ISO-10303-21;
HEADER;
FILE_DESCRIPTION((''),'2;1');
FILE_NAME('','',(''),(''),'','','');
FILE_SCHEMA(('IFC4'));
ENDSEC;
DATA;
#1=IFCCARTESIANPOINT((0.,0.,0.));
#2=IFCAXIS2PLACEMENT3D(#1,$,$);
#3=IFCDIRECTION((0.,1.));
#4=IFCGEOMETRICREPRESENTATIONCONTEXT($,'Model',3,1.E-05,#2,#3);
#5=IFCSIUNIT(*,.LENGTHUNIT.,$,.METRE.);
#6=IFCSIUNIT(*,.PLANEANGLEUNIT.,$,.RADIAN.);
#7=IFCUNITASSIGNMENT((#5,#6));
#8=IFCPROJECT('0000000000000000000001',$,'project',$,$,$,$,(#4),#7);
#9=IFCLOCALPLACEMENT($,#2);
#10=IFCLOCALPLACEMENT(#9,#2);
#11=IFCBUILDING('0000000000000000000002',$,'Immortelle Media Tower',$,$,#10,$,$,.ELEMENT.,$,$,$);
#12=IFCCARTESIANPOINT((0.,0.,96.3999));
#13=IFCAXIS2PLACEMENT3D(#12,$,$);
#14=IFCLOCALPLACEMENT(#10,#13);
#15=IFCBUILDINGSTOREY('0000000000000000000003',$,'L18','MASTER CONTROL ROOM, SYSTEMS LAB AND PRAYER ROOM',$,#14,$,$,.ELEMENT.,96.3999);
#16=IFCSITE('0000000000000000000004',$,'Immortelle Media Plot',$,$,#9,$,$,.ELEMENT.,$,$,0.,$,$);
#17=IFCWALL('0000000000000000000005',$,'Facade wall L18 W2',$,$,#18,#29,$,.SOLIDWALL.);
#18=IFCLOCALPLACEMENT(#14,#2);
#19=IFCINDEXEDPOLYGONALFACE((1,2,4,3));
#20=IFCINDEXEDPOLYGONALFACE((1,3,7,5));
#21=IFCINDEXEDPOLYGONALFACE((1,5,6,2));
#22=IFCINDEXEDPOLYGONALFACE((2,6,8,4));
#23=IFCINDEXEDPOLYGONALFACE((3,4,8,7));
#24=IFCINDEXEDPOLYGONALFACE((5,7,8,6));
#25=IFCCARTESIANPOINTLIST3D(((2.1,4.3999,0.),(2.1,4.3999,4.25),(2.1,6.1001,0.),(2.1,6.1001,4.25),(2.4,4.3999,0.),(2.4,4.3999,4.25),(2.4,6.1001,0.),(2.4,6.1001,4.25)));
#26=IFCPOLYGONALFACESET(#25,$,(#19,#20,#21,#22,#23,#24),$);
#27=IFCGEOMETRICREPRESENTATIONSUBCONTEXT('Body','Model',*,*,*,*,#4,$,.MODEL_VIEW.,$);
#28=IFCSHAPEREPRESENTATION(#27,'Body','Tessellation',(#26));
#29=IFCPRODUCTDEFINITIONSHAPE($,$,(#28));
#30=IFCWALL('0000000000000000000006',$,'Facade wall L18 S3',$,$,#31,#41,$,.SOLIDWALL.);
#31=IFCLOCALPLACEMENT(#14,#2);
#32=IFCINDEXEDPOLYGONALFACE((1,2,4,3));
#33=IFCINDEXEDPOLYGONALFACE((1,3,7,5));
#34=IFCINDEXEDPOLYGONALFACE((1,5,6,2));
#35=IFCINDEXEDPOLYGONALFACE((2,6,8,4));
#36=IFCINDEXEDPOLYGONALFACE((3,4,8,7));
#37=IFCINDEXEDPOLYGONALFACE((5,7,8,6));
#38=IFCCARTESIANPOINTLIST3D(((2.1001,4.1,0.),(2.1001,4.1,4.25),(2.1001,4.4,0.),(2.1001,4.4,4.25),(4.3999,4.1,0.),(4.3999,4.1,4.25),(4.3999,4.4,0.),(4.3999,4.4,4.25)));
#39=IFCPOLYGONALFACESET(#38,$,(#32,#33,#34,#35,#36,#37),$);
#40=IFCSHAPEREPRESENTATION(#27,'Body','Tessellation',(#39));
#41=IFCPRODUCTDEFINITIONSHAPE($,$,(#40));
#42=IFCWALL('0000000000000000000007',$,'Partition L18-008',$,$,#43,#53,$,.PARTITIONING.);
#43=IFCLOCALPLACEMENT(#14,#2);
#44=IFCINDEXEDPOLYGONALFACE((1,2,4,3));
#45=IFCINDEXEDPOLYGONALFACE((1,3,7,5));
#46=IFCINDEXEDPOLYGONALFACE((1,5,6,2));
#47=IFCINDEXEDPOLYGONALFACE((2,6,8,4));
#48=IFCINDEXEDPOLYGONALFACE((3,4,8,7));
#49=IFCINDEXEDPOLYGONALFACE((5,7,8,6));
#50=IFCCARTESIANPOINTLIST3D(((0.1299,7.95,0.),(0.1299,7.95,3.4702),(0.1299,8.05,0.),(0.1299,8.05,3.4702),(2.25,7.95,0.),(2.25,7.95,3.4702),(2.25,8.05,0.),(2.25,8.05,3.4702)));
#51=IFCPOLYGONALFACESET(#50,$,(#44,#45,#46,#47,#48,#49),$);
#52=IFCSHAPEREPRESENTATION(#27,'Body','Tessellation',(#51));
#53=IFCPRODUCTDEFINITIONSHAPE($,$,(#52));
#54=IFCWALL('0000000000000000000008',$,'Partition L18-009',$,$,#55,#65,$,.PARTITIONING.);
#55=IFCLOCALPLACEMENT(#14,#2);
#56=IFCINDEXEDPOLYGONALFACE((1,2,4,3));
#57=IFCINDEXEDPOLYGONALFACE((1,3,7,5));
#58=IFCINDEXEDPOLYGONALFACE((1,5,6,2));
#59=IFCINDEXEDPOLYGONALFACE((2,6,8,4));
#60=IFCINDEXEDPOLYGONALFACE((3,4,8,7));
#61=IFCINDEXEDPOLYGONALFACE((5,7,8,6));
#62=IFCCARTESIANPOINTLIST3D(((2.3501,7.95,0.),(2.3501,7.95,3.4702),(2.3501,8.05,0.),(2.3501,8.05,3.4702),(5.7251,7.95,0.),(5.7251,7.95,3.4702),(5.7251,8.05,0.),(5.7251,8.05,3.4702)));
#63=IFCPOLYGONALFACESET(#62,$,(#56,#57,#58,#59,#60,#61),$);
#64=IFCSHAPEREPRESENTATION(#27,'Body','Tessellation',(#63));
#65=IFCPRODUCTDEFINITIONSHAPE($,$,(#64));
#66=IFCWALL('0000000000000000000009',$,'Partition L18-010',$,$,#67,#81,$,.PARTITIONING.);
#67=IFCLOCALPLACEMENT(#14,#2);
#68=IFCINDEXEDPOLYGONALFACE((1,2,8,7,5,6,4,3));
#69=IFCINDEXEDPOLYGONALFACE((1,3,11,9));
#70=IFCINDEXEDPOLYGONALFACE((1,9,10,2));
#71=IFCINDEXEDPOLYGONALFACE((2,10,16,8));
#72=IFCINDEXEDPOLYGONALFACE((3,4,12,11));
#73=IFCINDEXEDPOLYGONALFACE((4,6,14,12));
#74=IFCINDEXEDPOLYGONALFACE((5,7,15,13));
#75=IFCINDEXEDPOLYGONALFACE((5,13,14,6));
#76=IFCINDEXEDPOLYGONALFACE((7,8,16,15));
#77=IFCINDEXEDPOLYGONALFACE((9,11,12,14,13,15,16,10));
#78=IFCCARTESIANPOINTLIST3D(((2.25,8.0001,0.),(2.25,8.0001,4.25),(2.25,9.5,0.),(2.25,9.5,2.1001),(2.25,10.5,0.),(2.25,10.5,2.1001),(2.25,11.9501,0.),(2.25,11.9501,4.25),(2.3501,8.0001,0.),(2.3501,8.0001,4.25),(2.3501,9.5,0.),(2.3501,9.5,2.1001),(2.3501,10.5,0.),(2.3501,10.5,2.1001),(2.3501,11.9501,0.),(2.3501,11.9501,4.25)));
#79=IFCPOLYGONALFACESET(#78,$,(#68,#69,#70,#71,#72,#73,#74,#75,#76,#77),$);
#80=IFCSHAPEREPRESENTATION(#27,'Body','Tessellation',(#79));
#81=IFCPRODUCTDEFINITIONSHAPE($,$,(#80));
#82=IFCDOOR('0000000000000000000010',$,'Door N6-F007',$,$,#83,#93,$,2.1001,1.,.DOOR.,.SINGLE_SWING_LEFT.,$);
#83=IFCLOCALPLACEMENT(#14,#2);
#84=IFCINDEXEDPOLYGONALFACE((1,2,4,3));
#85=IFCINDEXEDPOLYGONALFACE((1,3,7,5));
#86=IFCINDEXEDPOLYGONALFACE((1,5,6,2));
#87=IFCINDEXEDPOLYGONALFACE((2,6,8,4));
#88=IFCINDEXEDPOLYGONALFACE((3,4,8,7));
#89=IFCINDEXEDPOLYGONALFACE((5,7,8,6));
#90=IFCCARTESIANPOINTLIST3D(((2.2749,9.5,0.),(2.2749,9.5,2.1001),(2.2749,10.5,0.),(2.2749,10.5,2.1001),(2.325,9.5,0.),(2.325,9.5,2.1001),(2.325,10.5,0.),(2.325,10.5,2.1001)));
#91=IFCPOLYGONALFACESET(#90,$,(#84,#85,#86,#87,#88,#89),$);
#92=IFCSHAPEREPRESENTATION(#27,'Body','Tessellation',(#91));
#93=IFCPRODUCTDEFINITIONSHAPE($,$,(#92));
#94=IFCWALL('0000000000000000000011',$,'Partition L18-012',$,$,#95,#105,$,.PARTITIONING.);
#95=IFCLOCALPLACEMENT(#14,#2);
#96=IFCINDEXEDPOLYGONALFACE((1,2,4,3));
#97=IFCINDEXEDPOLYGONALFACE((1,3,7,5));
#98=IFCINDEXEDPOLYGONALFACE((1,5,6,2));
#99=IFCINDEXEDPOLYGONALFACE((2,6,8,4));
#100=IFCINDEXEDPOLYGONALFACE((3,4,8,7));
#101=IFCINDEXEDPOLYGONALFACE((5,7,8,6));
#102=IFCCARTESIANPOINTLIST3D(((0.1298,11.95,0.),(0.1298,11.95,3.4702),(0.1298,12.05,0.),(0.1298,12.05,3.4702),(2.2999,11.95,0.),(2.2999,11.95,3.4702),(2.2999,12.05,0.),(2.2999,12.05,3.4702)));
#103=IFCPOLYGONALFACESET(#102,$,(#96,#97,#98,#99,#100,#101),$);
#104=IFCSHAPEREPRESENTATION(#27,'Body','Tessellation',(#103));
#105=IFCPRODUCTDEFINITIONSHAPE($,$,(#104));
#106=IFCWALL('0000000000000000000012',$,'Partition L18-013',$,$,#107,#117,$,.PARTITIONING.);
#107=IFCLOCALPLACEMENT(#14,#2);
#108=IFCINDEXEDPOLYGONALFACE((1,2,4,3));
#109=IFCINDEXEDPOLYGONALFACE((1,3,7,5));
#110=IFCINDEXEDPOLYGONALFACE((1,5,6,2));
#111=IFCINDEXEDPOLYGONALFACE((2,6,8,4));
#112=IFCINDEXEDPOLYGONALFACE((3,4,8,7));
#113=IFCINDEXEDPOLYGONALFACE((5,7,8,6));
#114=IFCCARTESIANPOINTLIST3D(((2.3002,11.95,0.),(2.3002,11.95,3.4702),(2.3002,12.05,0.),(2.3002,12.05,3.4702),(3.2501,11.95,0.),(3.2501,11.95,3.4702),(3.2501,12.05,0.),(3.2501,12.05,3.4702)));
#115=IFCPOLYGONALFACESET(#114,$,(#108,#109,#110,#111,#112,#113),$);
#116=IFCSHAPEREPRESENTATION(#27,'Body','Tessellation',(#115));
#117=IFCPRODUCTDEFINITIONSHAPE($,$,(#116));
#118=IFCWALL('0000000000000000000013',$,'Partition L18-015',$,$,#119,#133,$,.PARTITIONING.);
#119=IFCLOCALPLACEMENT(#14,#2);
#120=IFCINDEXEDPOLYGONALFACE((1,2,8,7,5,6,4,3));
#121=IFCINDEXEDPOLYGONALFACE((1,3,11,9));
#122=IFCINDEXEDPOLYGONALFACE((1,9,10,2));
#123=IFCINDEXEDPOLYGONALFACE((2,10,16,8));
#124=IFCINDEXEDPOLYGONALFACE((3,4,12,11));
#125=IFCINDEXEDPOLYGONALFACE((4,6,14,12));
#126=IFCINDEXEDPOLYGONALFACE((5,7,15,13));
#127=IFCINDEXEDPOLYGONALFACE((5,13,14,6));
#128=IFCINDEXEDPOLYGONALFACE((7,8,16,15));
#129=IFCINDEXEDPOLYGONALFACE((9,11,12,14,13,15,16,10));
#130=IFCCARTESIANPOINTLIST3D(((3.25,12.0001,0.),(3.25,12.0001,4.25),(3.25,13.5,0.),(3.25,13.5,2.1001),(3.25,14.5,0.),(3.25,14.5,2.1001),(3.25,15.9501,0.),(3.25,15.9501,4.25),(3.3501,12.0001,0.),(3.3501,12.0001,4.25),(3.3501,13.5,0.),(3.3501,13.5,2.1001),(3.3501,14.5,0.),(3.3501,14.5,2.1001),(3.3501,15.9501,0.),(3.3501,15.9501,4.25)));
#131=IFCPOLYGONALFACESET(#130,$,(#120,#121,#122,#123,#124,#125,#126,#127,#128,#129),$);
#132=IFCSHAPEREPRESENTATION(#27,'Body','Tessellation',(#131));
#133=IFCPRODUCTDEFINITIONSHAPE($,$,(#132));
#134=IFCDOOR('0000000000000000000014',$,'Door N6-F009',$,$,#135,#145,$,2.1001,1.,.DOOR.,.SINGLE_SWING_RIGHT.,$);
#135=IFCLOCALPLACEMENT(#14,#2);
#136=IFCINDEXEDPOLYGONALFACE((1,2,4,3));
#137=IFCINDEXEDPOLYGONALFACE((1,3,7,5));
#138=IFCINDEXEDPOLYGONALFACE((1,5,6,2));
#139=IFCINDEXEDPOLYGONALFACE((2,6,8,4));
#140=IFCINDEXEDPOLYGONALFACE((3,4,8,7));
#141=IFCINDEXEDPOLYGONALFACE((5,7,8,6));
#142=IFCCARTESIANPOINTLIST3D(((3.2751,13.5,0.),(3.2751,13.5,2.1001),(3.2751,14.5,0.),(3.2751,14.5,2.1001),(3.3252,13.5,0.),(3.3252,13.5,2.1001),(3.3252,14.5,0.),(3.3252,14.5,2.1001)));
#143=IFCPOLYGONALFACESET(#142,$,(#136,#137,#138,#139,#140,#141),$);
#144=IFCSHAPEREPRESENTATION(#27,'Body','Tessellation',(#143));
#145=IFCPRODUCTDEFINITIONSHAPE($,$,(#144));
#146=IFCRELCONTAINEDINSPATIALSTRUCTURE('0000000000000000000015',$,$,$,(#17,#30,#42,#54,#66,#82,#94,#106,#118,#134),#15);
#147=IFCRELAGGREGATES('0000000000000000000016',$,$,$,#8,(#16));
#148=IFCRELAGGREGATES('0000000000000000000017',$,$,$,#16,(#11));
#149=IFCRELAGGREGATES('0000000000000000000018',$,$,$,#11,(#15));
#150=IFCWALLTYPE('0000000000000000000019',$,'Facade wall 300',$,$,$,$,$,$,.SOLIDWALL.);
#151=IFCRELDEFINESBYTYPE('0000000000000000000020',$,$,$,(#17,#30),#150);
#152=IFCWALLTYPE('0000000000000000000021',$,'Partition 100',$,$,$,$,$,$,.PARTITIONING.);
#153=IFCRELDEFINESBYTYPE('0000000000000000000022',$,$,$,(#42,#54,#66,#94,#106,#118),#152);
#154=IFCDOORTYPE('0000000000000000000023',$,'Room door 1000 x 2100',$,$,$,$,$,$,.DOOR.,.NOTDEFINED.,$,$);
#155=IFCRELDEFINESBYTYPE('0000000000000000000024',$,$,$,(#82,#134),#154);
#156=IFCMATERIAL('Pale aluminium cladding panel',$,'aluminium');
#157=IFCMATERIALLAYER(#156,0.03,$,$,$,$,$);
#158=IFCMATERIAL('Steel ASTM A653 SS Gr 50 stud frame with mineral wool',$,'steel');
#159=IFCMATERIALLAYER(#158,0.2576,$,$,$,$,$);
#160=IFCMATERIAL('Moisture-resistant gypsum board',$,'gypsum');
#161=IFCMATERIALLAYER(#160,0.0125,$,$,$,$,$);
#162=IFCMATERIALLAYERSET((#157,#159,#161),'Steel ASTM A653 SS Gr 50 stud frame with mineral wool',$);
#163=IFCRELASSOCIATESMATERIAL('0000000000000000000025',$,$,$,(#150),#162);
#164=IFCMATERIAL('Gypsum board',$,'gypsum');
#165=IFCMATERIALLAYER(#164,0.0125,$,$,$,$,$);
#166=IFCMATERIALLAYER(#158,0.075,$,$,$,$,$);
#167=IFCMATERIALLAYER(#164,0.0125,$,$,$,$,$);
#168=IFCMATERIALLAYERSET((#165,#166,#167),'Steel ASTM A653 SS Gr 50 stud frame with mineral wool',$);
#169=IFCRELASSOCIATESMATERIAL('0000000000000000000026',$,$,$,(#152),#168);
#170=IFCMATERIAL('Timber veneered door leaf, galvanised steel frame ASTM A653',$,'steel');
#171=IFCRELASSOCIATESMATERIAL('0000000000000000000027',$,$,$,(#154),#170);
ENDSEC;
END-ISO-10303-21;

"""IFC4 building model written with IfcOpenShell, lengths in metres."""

from ifc_helpers import new_model, si_unit, direction, frame, frame_2d, origin, place, context, subcontext, project, spatial, rectangle, extrude, material, layer, layer_set, type_object, element, fill, save


model = new_model("IFC4")

# Units and contexts
model_context = context("Model", 3, precision=1e-05, world=origin(), true_north=direction((0.0, 1.0)))
body_context = subcontext(model_context, "Body", "Model", "MODEL_VIEW")
ifc_project = project(units=[si_unit("LENGTHUNIT", "METRE"), si_unit("PLANEANGLEUNIT", "RADIAN")], contexts=[model_context])

# Site, building, storey
site_placement = place(None, origin())
site = spatial("IfcSite", under=ifc_project, at=site_placement, Name="Immortelle Media Plot", CompositionType="ELEMENT", RefElevation=0.0)
building_placement = place(site_placement, origin())
building = spatial("IfcBuilding", under=site, at=building_placement, Name="Immortelle Media Tower", CompositionType="ELEMENT")
storey_placement = place(building_placement, frame((0.0, 0.0, 96.3999)))
storey = spatial("IfcBuildingStorey", under=building, at=storey_placement, Name="L18", Description="MASTER CONTROL ROOM, SYSTEMS LAB AND PRAYER ROOM", CompositionType="ELEMENT", Elevation=96.3999)

# Walls
ifc_material_1 = material(Name="Pale aluminium cladding panel", Category="aluminium")
ifc_layer_1 = layer(ifc_material_1, 0.03)
ifc_material_2 = material(Name="Steel ASTM A653 SS Gr 50 stud frame with mineral wool", Category="steel")
ifc_layer_2 = layer(ifc_material_2, 0.2576)
ifc_material_3 = material(Name="Moisture-resistant gypsum board", Category="gypsum")
ifc_layer_3 = layer(ifc_material_3, 0.0125)
ifc_layer_set_1 = layer_set([ifc_layer_1, ifc_layer_2, ifc_layer_3], Name="Steel ASTM A653 SS Gr 50 stud frame with mineral wool")
wall_type_1 = type_object("IfcWallType", Name="Facade wall 300", PredefinedType="SOLIDWALL", material=ifc_layer_set_1)
wall_1_placement = place(storey_placement, frame((2.25, 6.1001, 0.0), z_axis=(0.0, 0.0, 1.0), x_axis=(0.0, -1.0, 0.0)))
element("IfcWall", 1, at=wall_1_placement, inside=storey, type_object=wall_type_1, Name="Facade wall L18 W2", PredefinedType="SOLIDWALL", context=body_context, shape_type="SweptSolid", body=[
    extrude(rectangle(XDim=1.7002, YDim=0.3, at=frame_2d((0.8501, 0.0))), origin(), (0.0, 0.0, 1.0), 4.25),
])
wall_2_placement = place(storey_placement, frame((2.1001, 4.25, 0.0), z_axis=(0.0, 0.0, 1.0), x_axis=(1.0, 0.0, 0.0)))
element("IfcWall", 2, at=wall_2_placement, inside=storey, type_object=wall_type_1, Name="Facade wall L18 S3", PredefinedType="SOLIDWALL", context=body_context, shape_type="SweptSolid", body=[
    extrude(rectangle(XDim=2.2998, YDim=0.3, at=frame_2d((1.1499, 0.0))), origin(), (0.0, 0.0, 1.0), 4.25),
])
ifc_material_4 = material(Name="Gypsum board", Category="gypsum")
ifc_layer_4 = layer(ifc_material_4, 0.0125)
ifc_layer_5 = layer(ifc_material_2, 0.075)
ifc_layer_6 = layer(ifc_material_4, 0.0125)
ifc_layer_set_2 = layer_set([ifc_layer_4, ifc_layer_5, ifc_layer_6], Name="Steel ASTM A653 SS Gr 50 stud frame with mineral wool")
wall_type_2 = type_object("IfcWallType", Name="Partition 100", PredefinedType="PARTITIONING", material=ifc_layer_set_2)
wall_3_placement = place(storey_placement, frame((0.1299, 8.0, 0.0), z_axis=(0.0, 0.0, 1.0), x_axis=(1.0, 0.0, 0.0)))
element("IfcWall", 3, at=wall_3_placement, inside=storey, type_object=wall_type_2, Name="Partition L18-008", PredefinedType="PARTITIONING", context=body_context, shape_type="SweptSolid", body=[
    extrude(rectangle(XDim=2.1201, YDim=0.1001, at=frame_2d((1.0601, 0.0))), origin(), (0.0, 0.0, 1.0), 3.4702),
])
wall_4_placement = place(storey_placement, frame((2.3501, 8.0, 0.0), z_axis=(0.0, 0.0, 1.0), x_axis=(1.0, 0.0, 0.0)))
element("IfcWall", 4, at=wall_4_placement, inside=storey, type_object=wall_type_2, Name="Partition L18-009", PredefinedType="PARTITIONING", context=body_context, shape_type="SweptSolid", body=[
    extrude(rectangle(XDim=3.375, YDim=0.1001, at=frame_2d((1.6875, 0.0))), origin(), (0.0, 0.0, 1.0), 3.4702),
])

# Wall, opening, door
wall_5_placement = place(storey_placement, frame((2.3, 8.0, 0.0), z_axis=(0.0, 0.0, 1.0), x_axis=(0.0, 1.0, 0.0)))
wall_5 = element("IfcWall", 5, at=wall_5_placement, inside=storey, type_object=wall_type_2, Name="Partition L18-010", PredefinedType="PARTITIONING", context=body_context, shape_type="SweptSolid", body=[
    extrude(rectangle(XDim=3.95, YDim=0.1001, at=frame_2d((1.9751, 0.0))), origin(), (0.0, 0.0, 1.0), 4.25),
])
opening_1_placement = place(wall_5_placement, frame((2.5, 0.0, 0.0), z_axis=(0.0, 0.0, 1.0), x_axis=(-1.0, 0.0, 0.0)))
opening_1 = element("IfcOpeningElement", 6, at=opening_1_placement, cuts=wall_5, PredefinedType="OPENING", context=body_context, shape_type="SweptSolid", body=[
    extrude(rectangle(XDim=1.0, YDim=2.1001, at=frame_2d((0.5, 1.05))), frame((0.0, 0.0601, 0.0), z_axis=(0.0, -1.0, 0.0), x_axis=(1.0, 0.0, 0.0)), (0.0, 0.0, 1.0), 0.1201),
])
ifc_material_5 = material(Name="Timber veneered door leaf, galvanised steel frame ASTM A653", Category="steel")
door_type = type_object("IfcDoorType", Name="Room door 1000 x 2100", OperationType="NOTDEFINED", PredefinedType="DOOR", material=ifc_material_5)
door_1_placement = place(opening_1_placement, origin())
door_1 = element("IfcDoor", 7, at=door_1_placement, inside=storey, type_object=door_type, Name="Door N6-F007", OperationType="SINGLE_SWING_LEFT", OverallHeight=2.1001, OverallWidth=1.0, PredefinedType="DOOR", context=body_context, shape_type="SweptSolid", body=[
    extrude(rectangle(XDim=1.0, YDim=2.1001, at=frame_2d((0.5, 1.05))), frame((0.0, 0.0249, 0.0), z_axis=(0.0, -1.0, 0.0), x_axis=(1.0, 0.0, 0.0)), (0.0, 0.0, 1.0), 0.05),
])
fill(opening_1, door_1)

# Walls
wall_6_placement = place(storey_placement, frame((0.1299, 12.0, 0.0), z_axis=(0.0, 0.0, 1.0), x_axis=(1.0, 0.0, 0.0)))
element("IfcWall", 8, at=wall_6_placement, inside=storey, type_object=wall_type_2, Name="Partition L18-012", PredefinedType="PARTITIONING", context=body_context, shape_type="SweptSolid", body=[
    extrude(rectangle(XDim=2.1702, YDim=0.1001, at=frame_2d((1.085, 0.0))), origin(), (0.0, 0.0, 1.0), 3.4702),
])
wall_7_placement = place(storey_placement, frame((2.3, 12.0, 0.0), z_axis=(0.0, 0.0, 1.0), x_axis=(1.0, 0.0, 0.0)))
element("IfcWall", 9, at=wall_7_placement, inside=storey, type_object=wall_type_2, Name="Partition L18-013", PredefinedType="PARTITIONING", context=body_context, shape_type="SweptSolid", body=[
    extrude(rectangle(XDim=0.95, YDim=0.1001, at=frame_2d((0.4751, 0.0))), origin(), (0.0, 0.0, 1.0), 3.4702),
])

# Wall, opening, door
wall_8_placement = place(storey_placement, frame((3.3, 12.0, 0.0), z_axis=(0.0, 0.0, 1.0), x_axis=(0.0, 1.0, 0.0)))
wall_8 = element("IfcWall", 10, at=wall_8_placement, inside=storey, type_object=wall_type_2, Name="Partition L18-015", PredefinedType="PARTITIONING", context=body_context, shape_type="SweptSolid", body=[
    extrude(rectangle(XDim=3.95, YDim=0.1001, at=frame_2d((1.9751, 0.0))), origin(), (0.0, 0.0, 1.0), 4.25),
])
opening_2_placement = place(wall_8_placement, frame((1.5, 0.0, 0.0)))
opening_2 = element("IfcOpeningElement", 11, at=opening_2_placement, cuts=wall_8, PredefinedType="OPENING", context=body_context, shape_type="SweptSolid", body=[
    extrude(rectangle(XDim=1.0, YDim=2.1001, at=frame_2d((0.5, 1.05))), frame((0.0, 0.0601, 0.0), z_axis=(0.0, -1.0, 0.0), x_axis=(1.0, 0.0, 0.0)), (0.0, 0.0, 1.0), 0.1201),
])
door_2_placement = place(opening_2_placement, origin())
door_2 = element("IfcDoor", 12, at=door_2_placement, inside=storey, type_object=door_type, Name="Door N6-F009", OperationType="SINGLE_SWING_RIGHT", OverallHeight=2.1001, OverallWidth=1.0, PredefinedType="DOOR", context=body_context, shape_type="SweptSolid", body=[
    extrude(rectangle(XDim=1.0, YDim=2.1001, at=frame_2d((0.5, 1.05))), frame((0.0, 0.0249, 0.0), z_axis=(0.0, -1.0, 0.0), x_axis=(1.0, 0.0, 0.0)), (0.0, 0.0, 1.0), 0.05),
])
fill(opening_2, door_2)

save(model, "model.ifc")
